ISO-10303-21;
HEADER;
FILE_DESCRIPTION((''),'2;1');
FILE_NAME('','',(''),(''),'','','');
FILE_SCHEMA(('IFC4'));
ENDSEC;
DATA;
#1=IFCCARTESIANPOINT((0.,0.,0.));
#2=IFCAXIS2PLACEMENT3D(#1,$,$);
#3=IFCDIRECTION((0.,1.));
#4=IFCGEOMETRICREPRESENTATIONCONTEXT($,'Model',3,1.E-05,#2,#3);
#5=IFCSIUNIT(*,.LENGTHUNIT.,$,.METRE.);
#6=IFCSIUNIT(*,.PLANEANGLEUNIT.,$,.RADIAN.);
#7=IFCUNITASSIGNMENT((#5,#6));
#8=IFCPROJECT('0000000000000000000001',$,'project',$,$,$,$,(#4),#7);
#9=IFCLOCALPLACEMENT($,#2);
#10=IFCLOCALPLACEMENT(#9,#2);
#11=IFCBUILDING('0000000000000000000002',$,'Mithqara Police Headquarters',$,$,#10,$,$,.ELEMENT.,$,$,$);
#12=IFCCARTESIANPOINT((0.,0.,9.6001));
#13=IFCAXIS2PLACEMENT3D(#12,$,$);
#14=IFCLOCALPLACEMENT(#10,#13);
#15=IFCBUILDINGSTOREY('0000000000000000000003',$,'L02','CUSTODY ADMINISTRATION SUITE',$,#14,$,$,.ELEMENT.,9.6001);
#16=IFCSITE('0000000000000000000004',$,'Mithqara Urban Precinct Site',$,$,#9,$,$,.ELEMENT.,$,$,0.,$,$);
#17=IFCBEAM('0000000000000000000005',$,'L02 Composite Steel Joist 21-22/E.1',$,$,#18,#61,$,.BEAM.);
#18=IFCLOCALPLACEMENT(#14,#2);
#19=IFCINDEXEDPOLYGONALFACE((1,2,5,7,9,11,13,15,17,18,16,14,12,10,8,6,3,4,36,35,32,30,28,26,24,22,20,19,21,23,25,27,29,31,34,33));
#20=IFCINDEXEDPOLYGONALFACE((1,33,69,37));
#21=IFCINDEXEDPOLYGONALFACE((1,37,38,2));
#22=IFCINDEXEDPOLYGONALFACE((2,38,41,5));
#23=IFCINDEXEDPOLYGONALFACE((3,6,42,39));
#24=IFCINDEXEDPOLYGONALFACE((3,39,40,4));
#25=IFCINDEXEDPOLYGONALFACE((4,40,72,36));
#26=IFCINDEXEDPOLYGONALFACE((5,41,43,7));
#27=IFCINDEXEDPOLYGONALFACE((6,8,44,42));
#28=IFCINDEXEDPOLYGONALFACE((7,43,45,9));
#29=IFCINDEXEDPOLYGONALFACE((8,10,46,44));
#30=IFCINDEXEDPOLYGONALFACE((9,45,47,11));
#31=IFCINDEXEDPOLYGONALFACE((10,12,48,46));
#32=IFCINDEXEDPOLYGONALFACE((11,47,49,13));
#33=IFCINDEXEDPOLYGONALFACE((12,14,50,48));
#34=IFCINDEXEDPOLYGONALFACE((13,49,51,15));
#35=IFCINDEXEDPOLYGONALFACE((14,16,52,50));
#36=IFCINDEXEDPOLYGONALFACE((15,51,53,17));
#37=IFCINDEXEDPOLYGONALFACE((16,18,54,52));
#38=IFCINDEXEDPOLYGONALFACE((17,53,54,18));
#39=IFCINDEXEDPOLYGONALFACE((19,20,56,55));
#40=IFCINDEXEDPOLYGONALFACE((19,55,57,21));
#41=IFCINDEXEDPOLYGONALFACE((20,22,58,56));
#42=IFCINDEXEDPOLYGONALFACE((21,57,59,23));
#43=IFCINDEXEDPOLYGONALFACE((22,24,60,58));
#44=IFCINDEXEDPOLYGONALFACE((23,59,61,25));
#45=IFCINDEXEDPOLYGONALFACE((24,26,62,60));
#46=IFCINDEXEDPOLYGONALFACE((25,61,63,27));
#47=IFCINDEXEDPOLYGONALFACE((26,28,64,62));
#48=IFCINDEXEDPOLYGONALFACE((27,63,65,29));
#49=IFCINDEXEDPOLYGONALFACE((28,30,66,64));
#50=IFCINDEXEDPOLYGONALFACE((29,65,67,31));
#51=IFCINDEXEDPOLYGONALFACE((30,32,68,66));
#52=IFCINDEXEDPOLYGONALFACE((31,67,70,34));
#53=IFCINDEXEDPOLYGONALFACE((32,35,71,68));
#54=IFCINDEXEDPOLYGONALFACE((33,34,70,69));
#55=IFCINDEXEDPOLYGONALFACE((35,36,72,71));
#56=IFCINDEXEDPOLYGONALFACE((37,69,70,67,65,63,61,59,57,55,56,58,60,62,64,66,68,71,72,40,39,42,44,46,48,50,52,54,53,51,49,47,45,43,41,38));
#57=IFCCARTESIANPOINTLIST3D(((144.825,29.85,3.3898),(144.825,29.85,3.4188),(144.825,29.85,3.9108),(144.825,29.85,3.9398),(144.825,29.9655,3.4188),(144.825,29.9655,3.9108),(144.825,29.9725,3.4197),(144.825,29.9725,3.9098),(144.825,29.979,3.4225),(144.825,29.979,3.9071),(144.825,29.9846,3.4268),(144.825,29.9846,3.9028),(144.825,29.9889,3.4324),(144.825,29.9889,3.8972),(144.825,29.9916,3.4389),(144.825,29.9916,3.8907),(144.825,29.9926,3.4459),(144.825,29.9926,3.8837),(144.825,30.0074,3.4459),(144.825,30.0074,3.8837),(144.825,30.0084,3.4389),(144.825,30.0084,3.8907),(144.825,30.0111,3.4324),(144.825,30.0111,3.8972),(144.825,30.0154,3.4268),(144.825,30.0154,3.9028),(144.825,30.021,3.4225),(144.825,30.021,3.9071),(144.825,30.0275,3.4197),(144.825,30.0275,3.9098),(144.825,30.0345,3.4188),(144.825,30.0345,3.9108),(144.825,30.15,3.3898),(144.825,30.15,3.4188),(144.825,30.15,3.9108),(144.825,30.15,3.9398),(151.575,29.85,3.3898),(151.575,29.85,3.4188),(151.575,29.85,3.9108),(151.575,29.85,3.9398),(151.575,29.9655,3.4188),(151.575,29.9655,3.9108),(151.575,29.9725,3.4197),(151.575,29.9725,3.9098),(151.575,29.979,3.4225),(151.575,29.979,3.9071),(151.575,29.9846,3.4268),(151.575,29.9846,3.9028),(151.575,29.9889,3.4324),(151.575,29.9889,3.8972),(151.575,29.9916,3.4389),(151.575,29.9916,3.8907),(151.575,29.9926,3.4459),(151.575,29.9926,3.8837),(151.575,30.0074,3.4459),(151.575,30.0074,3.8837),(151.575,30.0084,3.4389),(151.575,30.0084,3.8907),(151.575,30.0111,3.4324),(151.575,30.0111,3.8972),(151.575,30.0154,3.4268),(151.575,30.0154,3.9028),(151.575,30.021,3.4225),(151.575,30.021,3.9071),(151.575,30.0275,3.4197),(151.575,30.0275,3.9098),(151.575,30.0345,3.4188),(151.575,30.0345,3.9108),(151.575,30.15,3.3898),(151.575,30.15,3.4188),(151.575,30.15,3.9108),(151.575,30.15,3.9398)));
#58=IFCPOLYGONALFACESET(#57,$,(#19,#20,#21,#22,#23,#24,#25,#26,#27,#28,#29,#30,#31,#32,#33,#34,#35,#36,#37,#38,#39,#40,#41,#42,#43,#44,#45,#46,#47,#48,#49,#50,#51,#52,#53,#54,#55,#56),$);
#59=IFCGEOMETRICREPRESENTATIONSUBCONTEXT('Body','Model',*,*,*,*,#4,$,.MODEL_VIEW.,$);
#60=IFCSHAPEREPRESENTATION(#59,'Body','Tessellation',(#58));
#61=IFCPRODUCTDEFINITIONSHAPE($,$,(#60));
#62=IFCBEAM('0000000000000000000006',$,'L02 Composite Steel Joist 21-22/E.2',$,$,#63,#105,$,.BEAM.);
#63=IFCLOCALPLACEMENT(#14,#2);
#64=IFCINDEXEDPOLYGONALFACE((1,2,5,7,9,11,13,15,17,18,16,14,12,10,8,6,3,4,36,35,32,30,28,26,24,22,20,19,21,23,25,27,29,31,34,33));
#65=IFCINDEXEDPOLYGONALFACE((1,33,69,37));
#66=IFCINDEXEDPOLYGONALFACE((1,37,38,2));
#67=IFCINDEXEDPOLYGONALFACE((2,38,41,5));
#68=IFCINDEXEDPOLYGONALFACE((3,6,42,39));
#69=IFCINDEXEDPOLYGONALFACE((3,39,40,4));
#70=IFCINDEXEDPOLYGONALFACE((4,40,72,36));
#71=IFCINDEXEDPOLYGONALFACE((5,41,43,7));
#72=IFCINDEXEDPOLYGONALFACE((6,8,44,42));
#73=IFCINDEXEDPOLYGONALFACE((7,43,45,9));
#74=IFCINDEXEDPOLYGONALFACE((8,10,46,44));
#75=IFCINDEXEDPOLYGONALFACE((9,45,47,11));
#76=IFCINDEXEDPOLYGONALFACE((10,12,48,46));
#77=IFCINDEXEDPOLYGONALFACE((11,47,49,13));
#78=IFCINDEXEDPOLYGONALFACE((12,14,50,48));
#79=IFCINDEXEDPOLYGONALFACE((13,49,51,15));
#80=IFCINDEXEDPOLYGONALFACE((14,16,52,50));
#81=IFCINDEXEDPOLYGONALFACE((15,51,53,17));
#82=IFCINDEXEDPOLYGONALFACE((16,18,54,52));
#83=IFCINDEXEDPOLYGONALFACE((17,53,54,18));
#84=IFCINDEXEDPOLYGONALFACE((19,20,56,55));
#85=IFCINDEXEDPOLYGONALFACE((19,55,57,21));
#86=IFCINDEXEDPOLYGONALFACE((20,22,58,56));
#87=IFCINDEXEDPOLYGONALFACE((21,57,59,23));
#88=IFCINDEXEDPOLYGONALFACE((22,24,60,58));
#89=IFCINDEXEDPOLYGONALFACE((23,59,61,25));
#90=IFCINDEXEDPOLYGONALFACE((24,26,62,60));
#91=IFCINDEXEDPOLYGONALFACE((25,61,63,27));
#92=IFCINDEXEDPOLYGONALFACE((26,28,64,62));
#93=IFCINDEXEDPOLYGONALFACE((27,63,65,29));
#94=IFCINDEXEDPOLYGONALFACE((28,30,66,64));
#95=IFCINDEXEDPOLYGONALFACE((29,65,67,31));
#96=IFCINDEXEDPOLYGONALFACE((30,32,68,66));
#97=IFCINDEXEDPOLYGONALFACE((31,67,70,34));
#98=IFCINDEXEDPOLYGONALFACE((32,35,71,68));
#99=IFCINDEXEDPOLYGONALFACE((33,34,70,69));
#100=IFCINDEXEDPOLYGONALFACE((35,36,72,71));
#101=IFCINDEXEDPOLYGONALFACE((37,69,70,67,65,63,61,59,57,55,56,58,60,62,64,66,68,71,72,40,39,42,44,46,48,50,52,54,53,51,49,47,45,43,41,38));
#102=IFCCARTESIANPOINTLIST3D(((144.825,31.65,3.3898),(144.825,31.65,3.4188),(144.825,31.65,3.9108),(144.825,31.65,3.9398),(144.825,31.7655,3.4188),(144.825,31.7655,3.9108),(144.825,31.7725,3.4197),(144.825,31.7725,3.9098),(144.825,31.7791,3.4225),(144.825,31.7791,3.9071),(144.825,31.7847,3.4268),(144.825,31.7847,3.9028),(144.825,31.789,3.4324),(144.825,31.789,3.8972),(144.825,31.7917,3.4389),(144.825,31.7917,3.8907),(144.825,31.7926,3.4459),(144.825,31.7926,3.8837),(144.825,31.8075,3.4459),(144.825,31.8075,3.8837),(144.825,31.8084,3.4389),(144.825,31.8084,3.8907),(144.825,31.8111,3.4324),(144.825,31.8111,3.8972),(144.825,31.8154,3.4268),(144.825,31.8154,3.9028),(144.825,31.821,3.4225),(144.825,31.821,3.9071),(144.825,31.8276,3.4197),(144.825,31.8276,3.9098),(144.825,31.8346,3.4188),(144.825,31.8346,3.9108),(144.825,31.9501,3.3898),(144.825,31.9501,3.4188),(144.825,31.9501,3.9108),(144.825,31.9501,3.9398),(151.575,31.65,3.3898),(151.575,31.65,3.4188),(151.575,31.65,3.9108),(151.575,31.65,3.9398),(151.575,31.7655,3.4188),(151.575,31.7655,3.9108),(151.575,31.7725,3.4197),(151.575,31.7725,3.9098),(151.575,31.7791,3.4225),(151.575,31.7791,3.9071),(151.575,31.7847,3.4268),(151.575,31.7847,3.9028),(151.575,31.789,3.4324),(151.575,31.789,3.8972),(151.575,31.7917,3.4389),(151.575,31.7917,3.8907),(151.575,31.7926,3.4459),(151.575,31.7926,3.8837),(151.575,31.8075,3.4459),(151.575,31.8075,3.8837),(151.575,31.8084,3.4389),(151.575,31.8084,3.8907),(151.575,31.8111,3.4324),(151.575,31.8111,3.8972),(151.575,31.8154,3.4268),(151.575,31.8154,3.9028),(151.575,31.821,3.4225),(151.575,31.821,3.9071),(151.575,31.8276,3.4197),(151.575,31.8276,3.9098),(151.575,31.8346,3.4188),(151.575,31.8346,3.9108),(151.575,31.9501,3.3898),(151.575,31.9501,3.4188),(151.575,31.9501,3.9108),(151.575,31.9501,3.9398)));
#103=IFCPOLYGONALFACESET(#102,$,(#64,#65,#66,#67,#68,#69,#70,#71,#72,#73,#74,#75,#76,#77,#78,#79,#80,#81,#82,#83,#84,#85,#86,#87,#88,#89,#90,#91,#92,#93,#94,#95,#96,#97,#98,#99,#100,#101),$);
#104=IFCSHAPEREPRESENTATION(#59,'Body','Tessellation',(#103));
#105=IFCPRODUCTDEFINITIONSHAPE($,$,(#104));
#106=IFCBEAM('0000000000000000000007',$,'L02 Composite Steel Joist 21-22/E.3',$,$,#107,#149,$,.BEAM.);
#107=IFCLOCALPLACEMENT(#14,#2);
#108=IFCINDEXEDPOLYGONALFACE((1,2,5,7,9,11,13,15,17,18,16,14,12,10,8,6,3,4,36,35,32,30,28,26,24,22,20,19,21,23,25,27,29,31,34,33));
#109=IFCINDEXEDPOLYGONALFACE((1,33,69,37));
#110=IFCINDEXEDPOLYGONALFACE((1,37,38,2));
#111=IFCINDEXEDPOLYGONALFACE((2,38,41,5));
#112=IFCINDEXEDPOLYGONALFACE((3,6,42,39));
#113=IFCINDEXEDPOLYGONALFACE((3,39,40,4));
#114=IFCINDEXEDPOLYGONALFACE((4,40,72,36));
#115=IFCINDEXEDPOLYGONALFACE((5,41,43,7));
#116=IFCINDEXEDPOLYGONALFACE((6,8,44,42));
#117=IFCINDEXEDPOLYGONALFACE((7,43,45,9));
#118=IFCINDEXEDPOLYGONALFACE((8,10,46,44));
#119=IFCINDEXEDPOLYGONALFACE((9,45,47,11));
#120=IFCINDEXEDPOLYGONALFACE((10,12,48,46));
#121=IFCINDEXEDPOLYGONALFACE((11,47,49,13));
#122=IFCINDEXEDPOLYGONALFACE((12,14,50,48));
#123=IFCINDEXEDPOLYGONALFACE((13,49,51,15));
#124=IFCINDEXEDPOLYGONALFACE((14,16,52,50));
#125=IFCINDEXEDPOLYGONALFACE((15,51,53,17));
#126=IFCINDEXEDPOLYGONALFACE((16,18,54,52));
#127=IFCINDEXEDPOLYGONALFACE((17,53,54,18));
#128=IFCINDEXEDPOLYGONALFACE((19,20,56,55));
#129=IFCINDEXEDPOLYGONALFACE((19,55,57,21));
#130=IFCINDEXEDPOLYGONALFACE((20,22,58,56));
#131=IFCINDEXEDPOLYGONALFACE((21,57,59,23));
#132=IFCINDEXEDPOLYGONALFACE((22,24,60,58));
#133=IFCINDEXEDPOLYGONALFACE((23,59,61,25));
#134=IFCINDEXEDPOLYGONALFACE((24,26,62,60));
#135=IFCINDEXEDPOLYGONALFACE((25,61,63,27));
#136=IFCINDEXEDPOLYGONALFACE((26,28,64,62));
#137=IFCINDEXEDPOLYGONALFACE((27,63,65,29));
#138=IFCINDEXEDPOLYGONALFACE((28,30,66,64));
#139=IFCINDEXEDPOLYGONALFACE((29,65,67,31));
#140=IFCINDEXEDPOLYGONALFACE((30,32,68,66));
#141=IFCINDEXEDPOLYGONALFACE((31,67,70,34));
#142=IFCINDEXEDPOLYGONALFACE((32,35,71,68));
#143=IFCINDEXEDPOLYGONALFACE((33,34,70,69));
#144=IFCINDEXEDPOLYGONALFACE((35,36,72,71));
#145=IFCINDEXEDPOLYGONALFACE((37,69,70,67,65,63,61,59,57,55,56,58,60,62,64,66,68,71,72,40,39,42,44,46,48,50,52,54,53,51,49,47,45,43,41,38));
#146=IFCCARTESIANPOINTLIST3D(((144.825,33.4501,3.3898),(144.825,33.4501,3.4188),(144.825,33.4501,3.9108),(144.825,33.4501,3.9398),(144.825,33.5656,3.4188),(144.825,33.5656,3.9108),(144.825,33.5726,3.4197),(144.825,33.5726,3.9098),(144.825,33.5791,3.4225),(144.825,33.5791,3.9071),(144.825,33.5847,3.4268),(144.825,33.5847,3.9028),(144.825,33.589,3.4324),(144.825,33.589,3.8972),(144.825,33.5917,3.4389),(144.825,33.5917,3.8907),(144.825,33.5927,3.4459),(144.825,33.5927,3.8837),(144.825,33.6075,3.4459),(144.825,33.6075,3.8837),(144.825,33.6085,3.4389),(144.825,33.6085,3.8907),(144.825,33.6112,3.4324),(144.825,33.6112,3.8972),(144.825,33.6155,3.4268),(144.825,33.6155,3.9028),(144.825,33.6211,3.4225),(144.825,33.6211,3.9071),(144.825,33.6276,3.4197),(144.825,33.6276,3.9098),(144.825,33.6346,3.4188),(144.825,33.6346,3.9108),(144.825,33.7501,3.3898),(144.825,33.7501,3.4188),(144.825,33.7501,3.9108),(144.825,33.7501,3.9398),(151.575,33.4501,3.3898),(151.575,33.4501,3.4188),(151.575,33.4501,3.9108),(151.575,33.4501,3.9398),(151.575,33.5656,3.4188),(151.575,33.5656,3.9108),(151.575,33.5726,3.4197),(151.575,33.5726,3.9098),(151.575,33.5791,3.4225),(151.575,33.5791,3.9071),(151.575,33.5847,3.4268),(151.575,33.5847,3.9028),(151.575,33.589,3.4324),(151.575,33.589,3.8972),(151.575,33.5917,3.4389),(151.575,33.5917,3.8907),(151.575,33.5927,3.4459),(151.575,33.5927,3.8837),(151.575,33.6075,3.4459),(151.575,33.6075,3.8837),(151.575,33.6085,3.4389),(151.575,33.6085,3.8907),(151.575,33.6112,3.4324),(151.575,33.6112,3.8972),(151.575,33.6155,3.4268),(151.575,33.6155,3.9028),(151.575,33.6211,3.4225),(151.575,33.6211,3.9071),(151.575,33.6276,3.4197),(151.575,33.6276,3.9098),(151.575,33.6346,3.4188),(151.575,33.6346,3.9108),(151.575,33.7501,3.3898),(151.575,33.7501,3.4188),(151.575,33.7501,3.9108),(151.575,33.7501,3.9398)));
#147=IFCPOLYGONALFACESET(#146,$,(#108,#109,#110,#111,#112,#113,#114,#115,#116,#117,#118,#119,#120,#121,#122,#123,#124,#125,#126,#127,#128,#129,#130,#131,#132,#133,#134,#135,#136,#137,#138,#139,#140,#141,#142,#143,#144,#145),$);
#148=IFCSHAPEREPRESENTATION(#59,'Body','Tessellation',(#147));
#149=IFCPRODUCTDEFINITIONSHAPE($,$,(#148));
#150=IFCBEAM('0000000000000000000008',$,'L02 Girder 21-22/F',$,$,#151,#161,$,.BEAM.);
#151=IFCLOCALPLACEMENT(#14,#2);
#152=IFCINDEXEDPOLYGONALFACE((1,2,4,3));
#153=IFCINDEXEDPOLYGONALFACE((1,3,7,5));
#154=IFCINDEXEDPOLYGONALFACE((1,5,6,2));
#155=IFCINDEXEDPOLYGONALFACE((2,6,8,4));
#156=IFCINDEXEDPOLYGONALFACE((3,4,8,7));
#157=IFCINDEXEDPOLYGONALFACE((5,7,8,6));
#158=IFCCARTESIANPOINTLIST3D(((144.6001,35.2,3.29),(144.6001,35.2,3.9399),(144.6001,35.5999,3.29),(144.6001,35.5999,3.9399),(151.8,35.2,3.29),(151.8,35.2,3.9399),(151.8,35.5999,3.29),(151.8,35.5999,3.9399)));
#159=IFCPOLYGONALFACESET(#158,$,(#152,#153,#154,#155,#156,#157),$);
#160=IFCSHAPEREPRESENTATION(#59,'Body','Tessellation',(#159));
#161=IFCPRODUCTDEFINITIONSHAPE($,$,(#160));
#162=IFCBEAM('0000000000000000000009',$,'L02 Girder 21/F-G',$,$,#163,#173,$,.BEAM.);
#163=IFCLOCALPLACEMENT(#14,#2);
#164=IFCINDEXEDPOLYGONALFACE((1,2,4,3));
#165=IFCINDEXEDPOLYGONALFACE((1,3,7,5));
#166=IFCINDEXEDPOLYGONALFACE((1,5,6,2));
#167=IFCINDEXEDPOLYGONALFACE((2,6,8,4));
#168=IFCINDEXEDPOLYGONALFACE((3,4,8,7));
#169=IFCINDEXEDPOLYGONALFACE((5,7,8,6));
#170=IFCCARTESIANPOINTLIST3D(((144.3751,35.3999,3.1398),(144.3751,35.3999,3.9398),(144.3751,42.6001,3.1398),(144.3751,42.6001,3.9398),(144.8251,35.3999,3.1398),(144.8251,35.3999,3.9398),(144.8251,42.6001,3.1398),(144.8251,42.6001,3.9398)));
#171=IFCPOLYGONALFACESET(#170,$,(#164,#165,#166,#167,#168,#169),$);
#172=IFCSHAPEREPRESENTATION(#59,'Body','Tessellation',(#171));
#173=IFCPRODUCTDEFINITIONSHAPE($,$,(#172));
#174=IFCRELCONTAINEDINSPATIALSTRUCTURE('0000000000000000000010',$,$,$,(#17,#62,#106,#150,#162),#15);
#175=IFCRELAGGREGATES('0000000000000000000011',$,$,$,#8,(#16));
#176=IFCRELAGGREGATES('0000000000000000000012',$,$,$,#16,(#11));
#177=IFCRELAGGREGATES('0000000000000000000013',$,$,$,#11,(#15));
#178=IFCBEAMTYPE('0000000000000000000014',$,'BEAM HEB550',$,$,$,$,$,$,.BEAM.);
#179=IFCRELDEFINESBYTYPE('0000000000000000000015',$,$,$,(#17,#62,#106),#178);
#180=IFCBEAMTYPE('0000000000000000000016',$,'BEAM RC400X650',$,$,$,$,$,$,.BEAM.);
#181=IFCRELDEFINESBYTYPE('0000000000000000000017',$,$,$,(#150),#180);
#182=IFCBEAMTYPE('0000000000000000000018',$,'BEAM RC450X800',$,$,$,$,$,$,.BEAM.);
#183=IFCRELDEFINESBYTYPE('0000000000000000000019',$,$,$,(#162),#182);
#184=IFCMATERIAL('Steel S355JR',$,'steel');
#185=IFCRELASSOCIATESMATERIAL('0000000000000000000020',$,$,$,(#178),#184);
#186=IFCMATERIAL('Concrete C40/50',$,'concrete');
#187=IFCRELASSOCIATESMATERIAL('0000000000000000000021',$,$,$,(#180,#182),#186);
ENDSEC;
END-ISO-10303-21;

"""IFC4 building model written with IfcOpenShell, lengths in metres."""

from ifc_helpers import new_model, si_unit, direction, frame, origin, origin_2d, place, context, subcontext, project, spatial, rectangle, i_section, extrude, material, material_profile, profile_set, type_object, element, save


model = new_model("IFC4")

# Units and contexts
model_context = context("Model", 3, precision=1e-05, world=origin(), true_north=direction((0.0, 1.0)))
body_context = subcontext(model_context, "Body", "Model", "MODEL_VIEW")
ifc_project = project(units=[si_unit("LENGTHUNIT", "METRE"), si_unit("PLANEANGLEUNIT", "RADIAN")], contexts=[model_context])

# Site, building, storey
site_placement = place(None, origin())
site = spatial("IfcSite", under=ifc_project, at=site_placement, Name="Mithqara Urban Precinct Site", CompositionType="ELEMENT", RefElevation=0.0)
building_placement = place(site_placement, origin())
building = spatial("IfcBuilding", under=site, at=building_placement, Name="Mithqara Police Headquarters", CompositionType="ELEMENT")
storey_placement = place(building_placement, frame((0.0, 0.0, 9.6001)))
storey = spatial("IfcBuildingStorey", under=building, at=storey_placement, Name="L02", Description="CUSTODY ADMINISTRATION SUITE", CompositionType="ELEMENT", Elevation=9.6001)

# Beams
ifc_material_1 = material(Name="Steel S355JR", Category="steel")
ifc_material_profile_1 = material_profile(ifc_material_1, i_section(OverallWidth=0.3, OverallDepth=0.55, WebThickness=0.0149, FlangeThickness=0.0291, FilletRadius=0.0271, at=origin_2d()), Name="HEB 550")
ifc_profile_set_1 = profile_set([ifc_material_profile_1], Name="Steel S355JR")
beam_type_1 = type_object("IfcBeamType", Name="BEAM HEB550", PredefinedType="BEAM", material=ifc_profile_set_1)
for number, where, z_axis, x_axis, name in (
    (1, (144.825, 30.0, 3.6648), (1.0, 0.0, 0.0), (0.0, 1.0, 0.0), "L02 Composite Steel Joist 21-22/E.1"),
    (2, (144.825, 31.8, 3.6648), (1.0, 0.0, 0.0), (0.0, 1.0, 0.0), "L02 Composite Steel Joist 21-22/E.2"),
    (3, (144.825, 33.6001, 3.6648), (1.0, 0.0, 0.0), (0.0, 1.0, 0.0), "L02 Composite Steel Joist 21-22/E.3"),
):
    element("IfcBeam", number, at=place(storey_placement, frame(where, z_axis=z_axis, x_axis=x_axis)), inside=storey, type_object=beam_type_1, Name=name, PredefinedType="BEAM", context=body_context, shape_type="SweptSolid", body=[
        extrude(i_section(OverallWidth=0.3, OverallDepth=0.55, WebThickness=0.0149, FlangeThickness=0.0291, FilletRadius=0.0271, at=origin_2d()), origin(), (0.0, 0.0, 1.0), 6.75),
    ])
ifc_material_2 = material(Name="Concrete C40/50", Category="concrete")
ifc_material_profile_2 = material_profile(ifc_material_2, rectangle(XDim=0.3999, YDim=0.6499, at=origin_2d()), Name="RC 400x650")
ifc_profile_set_2 = profile_set([ifc_material_profile_2], Name="Concrete C40/50")
beam_type_2 = type_object("IfcBeamType", Name="BEAM RC400X650", PredefinedType="BEAM", material=ifc_profile_set_2)
beam_1_placement = place(storey_placement, frame((144.6001, 35.3999, 3.615), z_axis=(1.0, 0.0, 0.0), x_axis=(0.0, 1.0, 0.0)))
element("IfcBeam", 4, at=beam_1_placement, inside=storey, type_object=beam_type_2, Name="L02 Girder 21-22/F", PredefinedType="BEAM", context=body_context, shape_type="SweptSolid", body=[
    extrude(rectangle(XDim=0.3999, YDim=0.6499, at=origin_2d()), origin(), (0.0, 0.0, 1.0), 7.2),
])
ifc_material_profile_3 = material_profile(ifc_material_2, rectangle(XDim=0.45, YDim=0.8, at=origin_2d()), Name="RC 450x800")
ifc_profile_set_3 = profile_set([ifc_material_profile_3], Name="Concrete C40/50")
beam_type_3 = type_object("IfcBeamType", Name="BEAM RC450X800", PredefinedType="BEAM", material=ifc_profile_set_3)
beam_2_placement = place(storey_placement, frame((144.6001, 35.3999, 3.5398), z_axis=(0.0, 1.0, 0.0), x_axis=(-1.0, 0.0, 0.0)))
element("IfcBeam", 5, at=beam_2_placement, inside=storey, type_object=beam_type_3, Name="L02 Girder 21/F-G", PredefinedType="BEAM", context=body_context, shape_type="SweptSolid", body=[
    extrude(rectangle(XDim=0.45, YDim=0.8, at=origin_2d()), origin(), (0.0, 0.0, 1.0), 7.2002),
])

save(model, "model.ifc")
